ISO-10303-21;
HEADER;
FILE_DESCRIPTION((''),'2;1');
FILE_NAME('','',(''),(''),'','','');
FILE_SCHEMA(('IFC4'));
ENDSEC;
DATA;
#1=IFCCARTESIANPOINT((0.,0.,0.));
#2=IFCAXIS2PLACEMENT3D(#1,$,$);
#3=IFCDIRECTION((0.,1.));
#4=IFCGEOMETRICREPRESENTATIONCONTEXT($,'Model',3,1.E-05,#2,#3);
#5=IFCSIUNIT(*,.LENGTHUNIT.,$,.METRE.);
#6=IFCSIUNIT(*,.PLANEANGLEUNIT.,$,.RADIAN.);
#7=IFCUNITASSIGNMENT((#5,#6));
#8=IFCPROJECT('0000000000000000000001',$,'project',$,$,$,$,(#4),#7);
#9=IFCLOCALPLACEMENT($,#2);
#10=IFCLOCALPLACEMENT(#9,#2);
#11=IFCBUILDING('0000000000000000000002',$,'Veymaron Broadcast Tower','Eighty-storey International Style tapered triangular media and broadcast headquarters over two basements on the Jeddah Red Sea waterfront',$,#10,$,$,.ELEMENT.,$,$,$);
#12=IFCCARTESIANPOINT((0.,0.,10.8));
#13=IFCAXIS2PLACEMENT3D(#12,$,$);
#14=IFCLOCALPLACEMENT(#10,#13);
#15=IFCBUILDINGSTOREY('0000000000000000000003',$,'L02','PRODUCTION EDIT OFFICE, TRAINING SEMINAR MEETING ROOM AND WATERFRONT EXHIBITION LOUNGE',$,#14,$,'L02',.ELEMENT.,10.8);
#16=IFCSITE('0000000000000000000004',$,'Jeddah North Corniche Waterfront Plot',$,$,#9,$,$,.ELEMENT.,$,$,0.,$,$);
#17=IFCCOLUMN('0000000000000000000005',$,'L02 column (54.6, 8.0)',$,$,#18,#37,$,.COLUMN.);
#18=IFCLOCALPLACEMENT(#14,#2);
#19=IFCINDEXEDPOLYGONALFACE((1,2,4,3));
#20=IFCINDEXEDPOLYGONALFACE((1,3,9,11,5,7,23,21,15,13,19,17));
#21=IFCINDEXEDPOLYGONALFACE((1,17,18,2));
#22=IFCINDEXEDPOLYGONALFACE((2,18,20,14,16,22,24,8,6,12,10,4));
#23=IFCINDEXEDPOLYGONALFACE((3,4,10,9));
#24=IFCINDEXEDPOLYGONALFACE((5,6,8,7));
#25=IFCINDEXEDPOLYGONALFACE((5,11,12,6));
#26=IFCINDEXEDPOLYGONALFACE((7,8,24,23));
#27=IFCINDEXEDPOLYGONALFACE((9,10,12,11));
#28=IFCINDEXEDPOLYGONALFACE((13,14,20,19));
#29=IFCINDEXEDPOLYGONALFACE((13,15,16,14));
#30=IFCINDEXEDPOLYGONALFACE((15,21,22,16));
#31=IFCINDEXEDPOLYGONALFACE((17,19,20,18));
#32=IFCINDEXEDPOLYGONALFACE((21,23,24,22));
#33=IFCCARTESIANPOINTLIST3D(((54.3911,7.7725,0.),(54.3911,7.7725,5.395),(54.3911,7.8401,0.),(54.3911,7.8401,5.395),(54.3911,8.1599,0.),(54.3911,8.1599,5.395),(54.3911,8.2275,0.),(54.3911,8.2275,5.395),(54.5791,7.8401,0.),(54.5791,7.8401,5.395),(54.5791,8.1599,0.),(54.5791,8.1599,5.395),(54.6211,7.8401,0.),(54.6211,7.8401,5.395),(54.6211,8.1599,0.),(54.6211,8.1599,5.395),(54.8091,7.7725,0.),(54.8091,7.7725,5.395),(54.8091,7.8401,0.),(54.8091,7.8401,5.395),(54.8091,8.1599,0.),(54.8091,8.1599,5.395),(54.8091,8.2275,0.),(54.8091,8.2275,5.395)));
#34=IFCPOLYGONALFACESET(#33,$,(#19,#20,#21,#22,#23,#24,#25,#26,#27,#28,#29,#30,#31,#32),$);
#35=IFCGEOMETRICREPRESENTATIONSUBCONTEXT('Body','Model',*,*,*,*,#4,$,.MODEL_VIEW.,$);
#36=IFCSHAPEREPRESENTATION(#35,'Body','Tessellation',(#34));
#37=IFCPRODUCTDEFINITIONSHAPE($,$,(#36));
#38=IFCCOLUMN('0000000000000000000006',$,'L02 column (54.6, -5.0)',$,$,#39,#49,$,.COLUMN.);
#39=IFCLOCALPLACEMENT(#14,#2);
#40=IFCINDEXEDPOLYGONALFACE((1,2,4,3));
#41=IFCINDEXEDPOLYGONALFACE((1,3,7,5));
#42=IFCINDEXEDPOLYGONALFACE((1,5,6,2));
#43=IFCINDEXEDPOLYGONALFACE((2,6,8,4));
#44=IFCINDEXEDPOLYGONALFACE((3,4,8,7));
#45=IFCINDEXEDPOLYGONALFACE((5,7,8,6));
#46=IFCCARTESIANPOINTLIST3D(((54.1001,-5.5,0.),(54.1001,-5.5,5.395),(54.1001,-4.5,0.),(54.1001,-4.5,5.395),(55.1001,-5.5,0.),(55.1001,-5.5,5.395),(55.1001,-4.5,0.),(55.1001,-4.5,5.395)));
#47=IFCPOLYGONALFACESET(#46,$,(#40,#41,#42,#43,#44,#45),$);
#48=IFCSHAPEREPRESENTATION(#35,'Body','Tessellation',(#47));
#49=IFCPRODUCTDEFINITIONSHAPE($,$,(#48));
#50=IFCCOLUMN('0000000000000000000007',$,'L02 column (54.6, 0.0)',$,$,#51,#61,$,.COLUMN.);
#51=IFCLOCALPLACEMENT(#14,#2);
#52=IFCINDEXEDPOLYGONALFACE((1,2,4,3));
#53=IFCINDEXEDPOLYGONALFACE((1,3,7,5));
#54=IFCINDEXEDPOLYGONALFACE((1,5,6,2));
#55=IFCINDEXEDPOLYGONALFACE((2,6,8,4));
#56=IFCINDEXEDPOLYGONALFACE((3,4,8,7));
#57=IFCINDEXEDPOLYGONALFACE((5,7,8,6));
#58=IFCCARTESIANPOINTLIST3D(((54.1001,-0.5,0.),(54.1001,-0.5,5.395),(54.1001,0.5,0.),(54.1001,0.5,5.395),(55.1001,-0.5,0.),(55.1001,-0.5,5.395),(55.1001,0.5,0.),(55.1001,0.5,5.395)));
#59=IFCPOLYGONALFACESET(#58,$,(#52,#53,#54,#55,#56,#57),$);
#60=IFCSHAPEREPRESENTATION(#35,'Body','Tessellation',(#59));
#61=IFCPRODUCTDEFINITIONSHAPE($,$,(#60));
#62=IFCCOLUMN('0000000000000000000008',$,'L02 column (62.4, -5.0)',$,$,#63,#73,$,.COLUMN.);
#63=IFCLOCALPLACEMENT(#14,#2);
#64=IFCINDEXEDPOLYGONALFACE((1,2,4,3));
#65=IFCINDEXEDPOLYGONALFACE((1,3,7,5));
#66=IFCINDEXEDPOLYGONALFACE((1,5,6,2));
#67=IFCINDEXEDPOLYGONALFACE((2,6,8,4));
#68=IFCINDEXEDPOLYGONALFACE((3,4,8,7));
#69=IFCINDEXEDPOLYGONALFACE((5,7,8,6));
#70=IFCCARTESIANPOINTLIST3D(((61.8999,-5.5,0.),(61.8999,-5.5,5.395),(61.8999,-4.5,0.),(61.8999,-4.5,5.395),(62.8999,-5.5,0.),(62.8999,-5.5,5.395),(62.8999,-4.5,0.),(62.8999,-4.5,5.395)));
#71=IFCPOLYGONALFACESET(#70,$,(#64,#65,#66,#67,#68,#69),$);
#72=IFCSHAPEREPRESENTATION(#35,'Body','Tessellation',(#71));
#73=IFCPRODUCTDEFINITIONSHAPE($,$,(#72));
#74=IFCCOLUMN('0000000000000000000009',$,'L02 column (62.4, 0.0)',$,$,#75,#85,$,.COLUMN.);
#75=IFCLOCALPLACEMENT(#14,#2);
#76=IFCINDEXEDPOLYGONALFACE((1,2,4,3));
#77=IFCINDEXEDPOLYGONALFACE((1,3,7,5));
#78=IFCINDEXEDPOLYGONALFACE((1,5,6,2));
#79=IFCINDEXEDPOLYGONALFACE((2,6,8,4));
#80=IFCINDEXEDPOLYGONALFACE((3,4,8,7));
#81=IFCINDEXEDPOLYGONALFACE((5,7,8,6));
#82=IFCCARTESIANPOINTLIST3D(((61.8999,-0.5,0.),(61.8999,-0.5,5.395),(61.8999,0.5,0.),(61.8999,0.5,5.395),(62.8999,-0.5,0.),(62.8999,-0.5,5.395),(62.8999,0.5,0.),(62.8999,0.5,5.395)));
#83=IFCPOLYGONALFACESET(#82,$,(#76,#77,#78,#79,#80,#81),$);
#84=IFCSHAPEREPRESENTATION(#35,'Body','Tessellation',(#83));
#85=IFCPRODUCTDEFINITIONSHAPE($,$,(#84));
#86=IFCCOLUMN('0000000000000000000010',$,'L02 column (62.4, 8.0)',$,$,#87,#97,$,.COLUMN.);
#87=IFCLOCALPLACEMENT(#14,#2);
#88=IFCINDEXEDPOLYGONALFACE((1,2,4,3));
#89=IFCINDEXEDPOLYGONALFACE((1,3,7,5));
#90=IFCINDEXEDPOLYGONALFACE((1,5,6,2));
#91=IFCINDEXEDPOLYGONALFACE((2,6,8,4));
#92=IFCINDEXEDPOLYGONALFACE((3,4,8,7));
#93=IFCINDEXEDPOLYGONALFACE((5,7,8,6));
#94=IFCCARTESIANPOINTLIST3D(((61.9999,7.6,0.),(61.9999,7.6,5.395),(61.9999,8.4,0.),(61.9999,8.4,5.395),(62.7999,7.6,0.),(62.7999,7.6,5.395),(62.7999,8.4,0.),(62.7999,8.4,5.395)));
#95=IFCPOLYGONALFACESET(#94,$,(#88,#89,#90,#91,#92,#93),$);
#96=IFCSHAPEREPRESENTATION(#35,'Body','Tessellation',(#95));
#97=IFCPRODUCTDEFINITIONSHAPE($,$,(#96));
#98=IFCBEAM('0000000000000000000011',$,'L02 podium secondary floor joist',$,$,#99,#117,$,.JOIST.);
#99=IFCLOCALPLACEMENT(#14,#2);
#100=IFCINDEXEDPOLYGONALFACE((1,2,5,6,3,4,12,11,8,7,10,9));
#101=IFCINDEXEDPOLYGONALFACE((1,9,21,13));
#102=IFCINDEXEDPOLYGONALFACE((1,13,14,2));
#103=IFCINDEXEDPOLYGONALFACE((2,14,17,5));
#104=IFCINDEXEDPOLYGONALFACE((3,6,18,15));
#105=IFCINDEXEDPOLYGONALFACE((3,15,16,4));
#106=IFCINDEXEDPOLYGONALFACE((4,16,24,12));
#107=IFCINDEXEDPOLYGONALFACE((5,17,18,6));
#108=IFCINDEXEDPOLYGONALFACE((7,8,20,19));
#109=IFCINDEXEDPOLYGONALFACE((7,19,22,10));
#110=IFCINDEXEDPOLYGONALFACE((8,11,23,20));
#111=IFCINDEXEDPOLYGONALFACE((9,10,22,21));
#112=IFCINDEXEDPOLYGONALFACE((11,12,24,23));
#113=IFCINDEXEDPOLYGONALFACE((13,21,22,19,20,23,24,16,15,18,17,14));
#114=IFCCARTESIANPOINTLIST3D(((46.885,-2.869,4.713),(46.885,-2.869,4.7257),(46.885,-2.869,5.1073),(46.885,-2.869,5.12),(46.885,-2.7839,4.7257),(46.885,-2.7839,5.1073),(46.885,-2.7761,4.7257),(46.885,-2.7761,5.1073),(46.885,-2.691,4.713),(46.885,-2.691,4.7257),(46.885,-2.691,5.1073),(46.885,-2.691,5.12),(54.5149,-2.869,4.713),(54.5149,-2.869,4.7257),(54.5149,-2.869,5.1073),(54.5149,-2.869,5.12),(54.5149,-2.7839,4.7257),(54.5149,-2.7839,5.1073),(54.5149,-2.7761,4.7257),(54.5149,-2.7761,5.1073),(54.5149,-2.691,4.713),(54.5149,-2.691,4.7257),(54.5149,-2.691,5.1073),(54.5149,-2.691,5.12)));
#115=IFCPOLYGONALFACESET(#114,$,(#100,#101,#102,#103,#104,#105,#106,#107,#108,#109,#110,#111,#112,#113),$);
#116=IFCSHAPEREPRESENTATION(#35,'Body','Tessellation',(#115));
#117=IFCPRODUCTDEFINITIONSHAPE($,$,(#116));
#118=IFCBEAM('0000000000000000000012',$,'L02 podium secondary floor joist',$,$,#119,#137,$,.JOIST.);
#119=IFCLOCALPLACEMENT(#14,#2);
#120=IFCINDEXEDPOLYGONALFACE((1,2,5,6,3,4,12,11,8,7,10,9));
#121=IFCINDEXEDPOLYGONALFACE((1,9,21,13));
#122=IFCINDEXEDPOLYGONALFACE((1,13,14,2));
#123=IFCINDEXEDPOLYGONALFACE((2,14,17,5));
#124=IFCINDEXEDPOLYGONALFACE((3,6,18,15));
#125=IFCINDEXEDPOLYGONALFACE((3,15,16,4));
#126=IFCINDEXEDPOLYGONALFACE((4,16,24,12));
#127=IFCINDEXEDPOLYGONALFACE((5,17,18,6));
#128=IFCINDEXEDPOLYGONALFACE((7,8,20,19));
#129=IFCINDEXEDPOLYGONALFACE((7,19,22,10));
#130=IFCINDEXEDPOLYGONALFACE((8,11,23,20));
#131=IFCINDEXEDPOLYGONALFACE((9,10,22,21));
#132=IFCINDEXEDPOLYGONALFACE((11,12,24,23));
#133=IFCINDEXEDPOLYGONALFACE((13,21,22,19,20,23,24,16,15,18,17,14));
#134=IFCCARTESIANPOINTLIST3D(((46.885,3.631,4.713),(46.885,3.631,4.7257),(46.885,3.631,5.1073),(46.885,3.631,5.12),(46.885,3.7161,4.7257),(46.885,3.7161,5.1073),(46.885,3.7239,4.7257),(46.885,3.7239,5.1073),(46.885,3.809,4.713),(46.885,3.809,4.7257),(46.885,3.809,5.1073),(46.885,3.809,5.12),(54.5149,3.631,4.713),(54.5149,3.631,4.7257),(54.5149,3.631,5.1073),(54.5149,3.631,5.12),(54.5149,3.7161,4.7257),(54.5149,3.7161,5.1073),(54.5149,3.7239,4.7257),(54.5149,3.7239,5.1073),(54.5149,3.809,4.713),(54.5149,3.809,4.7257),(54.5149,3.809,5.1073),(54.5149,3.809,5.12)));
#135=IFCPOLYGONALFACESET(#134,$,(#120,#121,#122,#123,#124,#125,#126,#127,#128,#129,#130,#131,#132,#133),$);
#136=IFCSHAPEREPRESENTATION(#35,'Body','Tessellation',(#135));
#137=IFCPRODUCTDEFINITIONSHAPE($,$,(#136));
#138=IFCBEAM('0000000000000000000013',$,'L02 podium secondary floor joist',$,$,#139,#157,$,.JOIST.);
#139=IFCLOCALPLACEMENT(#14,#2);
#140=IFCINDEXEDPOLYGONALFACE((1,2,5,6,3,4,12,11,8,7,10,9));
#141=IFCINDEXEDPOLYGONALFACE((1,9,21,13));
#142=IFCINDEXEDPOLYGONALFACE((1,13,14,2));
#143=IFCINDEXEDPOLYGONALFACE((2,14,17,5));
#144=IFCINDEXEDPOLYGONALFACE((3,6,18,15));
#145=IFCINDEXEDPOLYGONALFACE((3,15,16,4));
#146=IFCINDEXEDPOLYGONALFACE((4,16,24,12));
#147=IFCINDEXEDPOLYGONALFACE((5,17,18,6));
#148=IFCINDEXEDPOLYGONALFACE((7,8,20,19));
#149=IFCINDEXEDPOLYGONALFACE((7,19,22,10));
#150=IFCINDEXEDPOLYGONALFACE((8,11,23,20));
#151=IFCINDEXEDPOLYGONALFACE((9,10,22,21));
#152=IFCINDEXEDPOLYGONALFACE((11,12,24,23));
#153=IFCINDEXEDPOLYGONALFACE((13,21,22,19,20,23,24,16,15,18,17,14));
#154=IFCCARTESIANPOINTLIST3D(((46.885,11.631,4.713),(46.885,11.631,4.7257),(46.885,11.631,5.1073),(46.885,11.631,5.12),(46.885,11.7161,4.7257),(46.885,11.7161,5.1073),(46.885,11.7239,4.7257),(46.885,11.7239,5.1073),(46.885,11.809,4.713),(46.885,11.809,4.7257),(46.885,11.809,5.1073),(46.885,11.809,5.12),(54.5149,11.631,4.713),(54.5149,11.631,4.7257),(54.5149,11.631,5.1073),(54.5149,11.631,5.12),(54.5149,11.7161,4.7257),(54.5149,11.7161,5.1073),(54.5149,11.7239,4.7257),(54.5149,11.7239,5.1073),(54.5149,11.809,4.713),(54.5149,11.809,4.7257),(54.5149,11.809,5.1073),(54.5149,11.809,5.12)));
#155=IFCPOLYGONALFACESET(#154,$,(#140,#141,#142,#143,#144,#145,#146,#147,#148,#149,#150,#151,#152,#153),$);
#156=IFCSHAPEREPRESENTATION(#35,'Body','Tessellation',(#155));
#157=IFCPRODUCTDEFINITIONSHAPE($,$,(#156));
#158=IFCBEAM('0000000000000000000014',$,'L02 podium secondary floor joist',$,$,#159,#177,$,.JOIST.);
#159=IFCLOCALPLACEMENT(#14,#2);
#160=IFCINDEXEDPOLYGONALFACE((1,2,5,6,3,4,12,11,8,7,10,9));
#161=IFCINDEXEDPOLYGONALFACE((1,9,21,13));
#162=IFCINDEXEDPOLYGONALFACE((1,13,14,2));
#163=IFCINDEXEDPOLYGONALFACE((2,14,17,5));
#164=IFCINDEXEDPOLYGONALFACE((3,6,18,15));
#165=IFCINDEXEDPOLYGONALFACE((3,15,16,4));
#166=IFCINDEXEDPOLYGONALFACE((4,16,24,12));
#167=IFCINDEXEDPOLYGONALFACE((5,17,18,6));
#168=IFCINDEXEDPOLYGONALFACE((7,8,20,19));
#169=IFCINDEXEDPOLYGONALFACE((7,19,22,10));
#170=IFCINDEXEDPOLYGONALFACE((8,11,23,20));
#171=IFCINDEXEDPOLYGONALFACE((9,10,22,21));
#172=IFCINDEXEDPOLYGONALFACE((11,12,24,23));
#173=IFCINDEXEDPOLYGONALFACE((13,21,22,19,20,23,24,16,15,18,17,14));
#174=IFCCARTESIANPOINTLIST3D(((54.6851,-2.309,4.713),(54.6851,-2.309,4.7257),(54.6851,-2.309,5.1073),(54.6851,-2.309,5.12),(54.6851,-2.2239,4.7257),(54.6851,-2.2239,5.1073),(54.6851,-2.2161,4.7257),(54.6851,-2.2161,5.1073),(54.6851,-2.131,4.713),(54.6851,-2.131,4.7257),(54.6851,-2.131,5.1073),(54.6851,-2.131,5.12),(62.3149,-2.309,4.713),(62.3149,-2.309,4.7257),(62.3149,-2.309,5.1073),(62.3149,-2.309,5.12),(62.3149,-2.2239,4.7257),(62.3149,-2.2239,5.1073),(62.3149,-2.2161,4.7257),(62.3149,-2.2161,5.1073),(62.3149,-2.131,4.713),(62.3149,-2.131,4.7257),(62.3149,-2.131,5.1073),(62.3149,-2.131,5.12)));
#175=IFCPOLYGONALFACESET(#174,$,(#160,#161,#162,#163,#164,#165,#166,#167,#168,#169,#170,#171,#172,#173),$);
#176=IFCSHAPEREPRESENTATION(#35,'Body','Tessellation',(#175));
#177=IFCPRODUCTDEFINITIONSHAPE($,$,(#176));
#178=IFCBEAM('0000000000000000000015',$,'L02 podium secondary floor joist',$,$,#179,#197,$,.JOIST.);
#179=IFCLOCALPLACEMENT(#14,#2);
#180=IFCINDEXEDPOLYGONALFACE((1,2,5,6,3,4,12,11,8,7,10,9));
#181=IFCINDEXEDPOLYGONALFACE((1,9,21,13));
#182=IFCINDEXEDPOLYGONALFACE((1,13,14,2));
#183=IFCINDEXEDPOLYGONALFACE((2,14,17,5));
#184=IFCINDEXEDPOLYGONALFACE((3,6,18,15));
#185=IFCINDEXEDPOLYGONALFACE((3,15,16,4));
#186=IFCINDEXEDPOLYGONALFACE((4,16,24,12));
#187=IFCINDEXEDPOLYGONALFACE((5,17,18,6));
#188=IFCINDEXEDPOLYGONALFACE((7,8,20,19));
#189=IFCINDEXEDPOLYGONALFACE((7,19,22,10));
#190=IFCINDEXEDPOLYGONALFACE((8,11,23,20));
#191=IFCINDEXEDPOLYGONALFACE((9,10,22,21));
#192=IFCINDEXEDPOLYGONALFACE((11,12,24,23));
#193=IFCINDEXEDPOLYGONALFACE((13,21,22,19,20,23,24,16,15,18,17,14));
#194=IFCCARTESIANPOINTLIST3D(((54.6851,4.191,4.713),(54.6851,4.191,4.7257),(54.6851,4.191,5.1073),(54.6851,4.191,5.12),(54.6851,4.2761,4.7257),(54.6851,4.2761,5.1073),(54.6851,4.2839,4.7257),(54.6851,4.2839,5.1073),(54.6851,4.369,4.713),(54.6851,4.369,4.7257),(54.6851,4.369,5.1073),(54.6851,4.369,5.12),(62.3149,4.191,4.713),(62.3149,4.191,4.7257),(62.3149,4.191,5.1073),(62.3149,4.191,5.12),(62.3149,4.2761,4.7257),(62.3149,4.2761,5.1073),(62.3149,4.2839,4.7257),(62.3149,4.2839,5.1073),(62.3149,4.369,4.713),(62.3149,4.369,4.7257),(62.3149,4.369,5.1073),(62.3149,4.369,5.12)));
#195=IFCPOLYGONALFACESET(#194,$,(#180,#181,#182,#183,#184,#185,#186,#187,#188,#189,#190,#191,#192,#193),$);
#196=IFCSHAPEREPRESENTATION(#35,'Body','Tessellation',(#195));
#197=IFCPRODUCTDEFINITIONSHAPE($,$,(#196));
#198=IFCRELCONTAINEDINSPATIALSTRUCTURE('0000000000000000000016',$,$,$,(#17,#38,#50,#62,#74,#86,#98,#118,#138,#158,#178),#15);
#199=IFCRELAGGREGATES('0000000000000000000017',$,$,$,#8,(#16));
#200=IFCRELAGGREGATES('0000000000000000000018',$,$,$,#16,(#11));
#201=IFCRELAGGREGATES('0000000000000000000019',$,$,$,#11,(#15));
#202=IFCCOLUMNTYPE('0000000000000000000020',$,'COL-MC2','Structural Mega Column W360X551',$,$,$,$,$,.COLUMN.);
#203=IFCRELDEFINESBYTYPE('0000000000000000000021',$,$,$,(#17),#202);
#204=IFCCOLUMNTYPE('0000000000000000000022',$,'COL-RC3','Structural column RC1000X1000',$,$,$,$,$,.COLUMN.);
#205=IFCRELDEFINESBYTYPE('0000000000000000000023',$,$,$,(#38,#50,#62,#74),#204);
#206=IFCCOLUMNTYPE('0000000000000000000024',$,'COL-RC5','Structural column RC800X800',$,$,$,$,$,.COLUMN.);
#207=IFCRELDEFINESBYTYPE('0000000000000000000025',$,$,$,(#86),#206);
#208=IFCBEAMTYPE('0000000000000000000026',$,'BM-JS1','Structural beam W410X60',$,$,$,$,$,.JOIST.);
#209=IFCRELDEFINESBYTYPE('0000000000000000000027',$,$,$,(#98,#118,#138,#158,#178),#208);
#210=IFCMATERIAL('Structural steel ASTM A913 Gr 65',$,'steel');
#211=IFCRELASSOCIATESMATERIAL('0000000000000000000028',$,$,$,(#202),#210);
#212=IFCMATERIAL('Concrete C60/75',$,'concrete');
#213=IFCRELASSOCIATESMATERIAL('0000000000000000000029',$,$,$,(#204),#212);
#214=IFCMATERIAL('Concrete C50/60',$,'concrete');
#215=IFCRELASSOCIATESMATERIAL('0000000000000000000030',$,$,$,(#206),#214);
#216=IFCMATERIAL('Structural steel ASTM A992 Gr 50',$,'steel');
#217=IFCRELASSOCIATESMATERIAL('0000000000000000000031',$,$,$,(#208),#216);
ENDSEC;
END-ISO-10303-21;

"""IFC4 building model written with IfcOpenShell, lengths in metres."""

from ifc_helpers import new_model, si_unit, direction, frame, origin, origin_2d, place, context, subcontext, project, spatial, rectangle, i_section, extrude, material, material_profile, profile_set, type_object, element, save


model = new_model("IFC4")

# Units and contexts
model_context = context("Model", 3, precision=1e-05, world=origin(), true_north=direction((0.0, 1.0)))
body_context = subcontext(model_context, "Body", "Model", "MODEL_VIEW")
ifc_project = project(units=[si_unit("LENGTHUNIT", "METRE"), si_unit("PLANEANGLEUNIT", "RADIAN")], contexts=[model_context])

# Site, building, storey
site_placement = place(None, origin())
site = spatial("IfcSite", under=ifc_project, at=site_placement, Name="Jeddah North Corniche Waterfront Plot", CompositionType="ELEMENT", RefElevation=0.0)
building_placement = place(site_placement, origin())
building = spatial("IfcBuilding", under=site, at=building_placement, Name="Veymaron Broadcast Tower", Description="Eighty-storey International Style tapered triangular media and broadcast headquarters over two basements on the Jeddah Red Sea waterfront", CompositionType="ELEMENT")
storey_placement = place(building_placement, frame((0.0, 0.0, 10.8)))
storey = spatial("IfcBuildingStorey", under=building, at=storey_placement, Name="L02", Description="PRODUCTION EDIT OFFICE, TRAINING SEMINAR MEETING ROOM AND WATERFRONT EXHIBITION LOUNGE", LongName="L02", CompositionType="ELEMENT", Elevation=10.8)

# Columns
ifc_material_1 = material(Name="Structural steel ASTM A913 Gr 65", Category="steel")
ifc_material_profile_1 = material_profile(ifc_material_1, i_section(OverallWidth=0.418, OverallDepth=0.4551, WebThickness=0.042, FlangeThickness=0.0676, at=origin_2d()), Name="W360X551")
ifc_profile_set_1 = profile_set([ifc_material_profile_1], Name="Structural steel ASTM A913 Gr 65")
column_type_1 = type_object("IfcColumnType", Name="COL-MC2", Description="Structural Mega Column W360X551", PredefinedType="COLUMN", material=ifc_profile_set_1)
column_1_placement = place(storey_placement, frame((54.6001, 8.0, 0.0), z_axis=(0.0, 0.0, 1.0), x_axis=(1.0, 0.0, 0.0)))
element("IfcColumn", 1, at=column_1_placement, inside=storey, type_object=column_type_1, Name="L02 column (54.6, 8.0)", PredefinedType="COLUMN", context=body_context, shape_type="SweptSolid", body=[
    extrude(i_section(OverallWidth=0.418, OverallDepth=0.4551, WebThickness=0.042, FlangeThickness=0.0676, at=origin_2d()), origin(), (0.0, 0.0, 1.0), 5.395),
])
ifc_material_2 = material(Name="Concrete C60/75", Category="concrete")
ifc_material_profile_2 = material_profile(ifc_material_2, rectangle(XDim=1.0, YDim=1.0, at=origin_2d()), Name="RC1000X1000")
ifc_profile_set_2 = profile_set([ifc_material_profile_2], Name="Concrete C60/75")
column_type_2 = type_object("IfcColumnType", Name="COL-RC3", Description="Structural column RC1000X1000", PredefinedType="COLUMN", material=ifc_profile_set_2)
for number, where, z_axis, x_axis, name in (
    (2, (54.6001, -5.0, 0.0), (0.0, 0.0, 1.0), (1.0, 0.0, 0.0), "L02 column (54.6, -5.0)"),
    (3, (54.6001, 0.0, 0.0), (0.0, 0.0, 1.0), (1.0, 0.0, 0.0), "L02 column (54.6, 0.0)"),
    (4, (62.3999, -5.0, 0.0), (0.0, 0.0, 1.0), (1.0, 0.0, 0.0), "L02 column (62.4, -5.0)"),
    (5, (62.3999, 0.0, 0.0), (0.0, 0.0, 1.0), (1.0, 0.0, 0.0), "L02 column (62.4, 0.0)"),
):
    element("IfcColumn", number, at=place(storey_placement, frame(where, z_axis=z_axis, x_axis=x_axis)), inside=storey, type_object=column_type_2, Name=name, PredefinedType="COLUMN", context=body_context, shape_type="SweptSolid", body=[
        extrude(rectangle(XDim=1.0, YDim=1.0, at=origin_2d()), origin(), (0.0, 0.0, 1.0), 5.395),
    ])
ifc_material_3 = material(Name="Concrete C50/60", Category="concrete")
ifc_material_profile_3 = material_profile(ifc_material_3, rectangle(XDim=0.8, YDim=0.8, at=origin_2d()), Name="RC800X800")
ifc_profile_set_3 = profile_set([ifc_material_profile_3], Name="Concrete C50/60")
column_type_3 = type_object("IfcColumnType", Name="COL-RC5", Description="Structural column RC800X800", PredefinedType="COLUMN", material=ifc_profile_set_3)
column_2_placement = place(storey_placement, frame((62.3999, 8.0, 0.0), z_axis=(0.0, 0.0, 1.0), x_axis=(1.0, 0.0, 0.0)))
element("IfcColumn", 6, at=column_2_placement, inside=storey, type_object=column_type_3, Name="L02 column (62.4, 8.0)", PredefinedType="COLUMN", context=body_context, shape_type="SweptSolid", body=[
    extrude(rectangle(XDim=0.8, YDim=0.8, at=origin_2d()), origin(), (0.0, 0.0, 1.0), 5.395),
])

# Beams
ifc_material_4 = material(Name="Structural steel ASTM A992 Gr 50", Category="steel")
ifc_material_profile_4 = material_profile(ifc_material_4, i_section(OverallWidth=0.178, OverallDepth=0.407, WebThickness=0.0078, FlangeThickness=0.0127, at=origin_2d()), Name="W410X60")
ifc_profile_set_4 = profile_set([ifc_material_profile_4], Name="Structural steel ASTM A992 Gr 50")
beam_type_1 = type_object("IfcBeamType", Name="BM-JS1", Description="Structural beam W410X60", PredefinedType="JOIST", material=ifc_profile_set_4)
for number, where, z_axis, x_axis, name in (
    (7, (46.885, -2.78, 4.9165), (1.0, 0.0, 0.0), (0.0, 1.0, 0.0), "L02 podium secondary floor joist"),
    (8, (46.885, 3.72, 4.9165), (1.0, 0.0, 0.0), (0.0, 1.0, 0.0), "L02 podium secondary floor joist"),
    (9, (46.885, 11.72, 4.9165), (1.0, 0.0, 0.0), (0.0, 1.0, 0.0), "L02 podium secondary floor joist"),
    (10, (54.6851, -2.22, 4.9165), (1.0, 0.0, 0.0), (0.0, 1.0, 0.0), "L02 podium secondary floor joist"),
    (11, (54.6851, 4.28, 4.9165), (1.0, 0.0, 0.0), (0.0, 1.0, 0.0), "L02 podium secondary floor joist"),
):
    element("IfcBeam", number, at=place(storey_placement, frame(where, z_axis=z_axis, x_axis=x_axis)), inside=storey, type_object=beam_type_1, Name=name, PredefinedType="JOIST", context=body_context, shape_type="SweptSolid", body=[
        extrude(i_section(OverallWidth=0.178, OverallDepth=0.407, WebThickness=0.0078, FlangeThickness=0.0127, at=origin_2d()), origin(), (0.0, 0.0, 1.0), 7.6299),
    ])

save(model, "model.ifc")
